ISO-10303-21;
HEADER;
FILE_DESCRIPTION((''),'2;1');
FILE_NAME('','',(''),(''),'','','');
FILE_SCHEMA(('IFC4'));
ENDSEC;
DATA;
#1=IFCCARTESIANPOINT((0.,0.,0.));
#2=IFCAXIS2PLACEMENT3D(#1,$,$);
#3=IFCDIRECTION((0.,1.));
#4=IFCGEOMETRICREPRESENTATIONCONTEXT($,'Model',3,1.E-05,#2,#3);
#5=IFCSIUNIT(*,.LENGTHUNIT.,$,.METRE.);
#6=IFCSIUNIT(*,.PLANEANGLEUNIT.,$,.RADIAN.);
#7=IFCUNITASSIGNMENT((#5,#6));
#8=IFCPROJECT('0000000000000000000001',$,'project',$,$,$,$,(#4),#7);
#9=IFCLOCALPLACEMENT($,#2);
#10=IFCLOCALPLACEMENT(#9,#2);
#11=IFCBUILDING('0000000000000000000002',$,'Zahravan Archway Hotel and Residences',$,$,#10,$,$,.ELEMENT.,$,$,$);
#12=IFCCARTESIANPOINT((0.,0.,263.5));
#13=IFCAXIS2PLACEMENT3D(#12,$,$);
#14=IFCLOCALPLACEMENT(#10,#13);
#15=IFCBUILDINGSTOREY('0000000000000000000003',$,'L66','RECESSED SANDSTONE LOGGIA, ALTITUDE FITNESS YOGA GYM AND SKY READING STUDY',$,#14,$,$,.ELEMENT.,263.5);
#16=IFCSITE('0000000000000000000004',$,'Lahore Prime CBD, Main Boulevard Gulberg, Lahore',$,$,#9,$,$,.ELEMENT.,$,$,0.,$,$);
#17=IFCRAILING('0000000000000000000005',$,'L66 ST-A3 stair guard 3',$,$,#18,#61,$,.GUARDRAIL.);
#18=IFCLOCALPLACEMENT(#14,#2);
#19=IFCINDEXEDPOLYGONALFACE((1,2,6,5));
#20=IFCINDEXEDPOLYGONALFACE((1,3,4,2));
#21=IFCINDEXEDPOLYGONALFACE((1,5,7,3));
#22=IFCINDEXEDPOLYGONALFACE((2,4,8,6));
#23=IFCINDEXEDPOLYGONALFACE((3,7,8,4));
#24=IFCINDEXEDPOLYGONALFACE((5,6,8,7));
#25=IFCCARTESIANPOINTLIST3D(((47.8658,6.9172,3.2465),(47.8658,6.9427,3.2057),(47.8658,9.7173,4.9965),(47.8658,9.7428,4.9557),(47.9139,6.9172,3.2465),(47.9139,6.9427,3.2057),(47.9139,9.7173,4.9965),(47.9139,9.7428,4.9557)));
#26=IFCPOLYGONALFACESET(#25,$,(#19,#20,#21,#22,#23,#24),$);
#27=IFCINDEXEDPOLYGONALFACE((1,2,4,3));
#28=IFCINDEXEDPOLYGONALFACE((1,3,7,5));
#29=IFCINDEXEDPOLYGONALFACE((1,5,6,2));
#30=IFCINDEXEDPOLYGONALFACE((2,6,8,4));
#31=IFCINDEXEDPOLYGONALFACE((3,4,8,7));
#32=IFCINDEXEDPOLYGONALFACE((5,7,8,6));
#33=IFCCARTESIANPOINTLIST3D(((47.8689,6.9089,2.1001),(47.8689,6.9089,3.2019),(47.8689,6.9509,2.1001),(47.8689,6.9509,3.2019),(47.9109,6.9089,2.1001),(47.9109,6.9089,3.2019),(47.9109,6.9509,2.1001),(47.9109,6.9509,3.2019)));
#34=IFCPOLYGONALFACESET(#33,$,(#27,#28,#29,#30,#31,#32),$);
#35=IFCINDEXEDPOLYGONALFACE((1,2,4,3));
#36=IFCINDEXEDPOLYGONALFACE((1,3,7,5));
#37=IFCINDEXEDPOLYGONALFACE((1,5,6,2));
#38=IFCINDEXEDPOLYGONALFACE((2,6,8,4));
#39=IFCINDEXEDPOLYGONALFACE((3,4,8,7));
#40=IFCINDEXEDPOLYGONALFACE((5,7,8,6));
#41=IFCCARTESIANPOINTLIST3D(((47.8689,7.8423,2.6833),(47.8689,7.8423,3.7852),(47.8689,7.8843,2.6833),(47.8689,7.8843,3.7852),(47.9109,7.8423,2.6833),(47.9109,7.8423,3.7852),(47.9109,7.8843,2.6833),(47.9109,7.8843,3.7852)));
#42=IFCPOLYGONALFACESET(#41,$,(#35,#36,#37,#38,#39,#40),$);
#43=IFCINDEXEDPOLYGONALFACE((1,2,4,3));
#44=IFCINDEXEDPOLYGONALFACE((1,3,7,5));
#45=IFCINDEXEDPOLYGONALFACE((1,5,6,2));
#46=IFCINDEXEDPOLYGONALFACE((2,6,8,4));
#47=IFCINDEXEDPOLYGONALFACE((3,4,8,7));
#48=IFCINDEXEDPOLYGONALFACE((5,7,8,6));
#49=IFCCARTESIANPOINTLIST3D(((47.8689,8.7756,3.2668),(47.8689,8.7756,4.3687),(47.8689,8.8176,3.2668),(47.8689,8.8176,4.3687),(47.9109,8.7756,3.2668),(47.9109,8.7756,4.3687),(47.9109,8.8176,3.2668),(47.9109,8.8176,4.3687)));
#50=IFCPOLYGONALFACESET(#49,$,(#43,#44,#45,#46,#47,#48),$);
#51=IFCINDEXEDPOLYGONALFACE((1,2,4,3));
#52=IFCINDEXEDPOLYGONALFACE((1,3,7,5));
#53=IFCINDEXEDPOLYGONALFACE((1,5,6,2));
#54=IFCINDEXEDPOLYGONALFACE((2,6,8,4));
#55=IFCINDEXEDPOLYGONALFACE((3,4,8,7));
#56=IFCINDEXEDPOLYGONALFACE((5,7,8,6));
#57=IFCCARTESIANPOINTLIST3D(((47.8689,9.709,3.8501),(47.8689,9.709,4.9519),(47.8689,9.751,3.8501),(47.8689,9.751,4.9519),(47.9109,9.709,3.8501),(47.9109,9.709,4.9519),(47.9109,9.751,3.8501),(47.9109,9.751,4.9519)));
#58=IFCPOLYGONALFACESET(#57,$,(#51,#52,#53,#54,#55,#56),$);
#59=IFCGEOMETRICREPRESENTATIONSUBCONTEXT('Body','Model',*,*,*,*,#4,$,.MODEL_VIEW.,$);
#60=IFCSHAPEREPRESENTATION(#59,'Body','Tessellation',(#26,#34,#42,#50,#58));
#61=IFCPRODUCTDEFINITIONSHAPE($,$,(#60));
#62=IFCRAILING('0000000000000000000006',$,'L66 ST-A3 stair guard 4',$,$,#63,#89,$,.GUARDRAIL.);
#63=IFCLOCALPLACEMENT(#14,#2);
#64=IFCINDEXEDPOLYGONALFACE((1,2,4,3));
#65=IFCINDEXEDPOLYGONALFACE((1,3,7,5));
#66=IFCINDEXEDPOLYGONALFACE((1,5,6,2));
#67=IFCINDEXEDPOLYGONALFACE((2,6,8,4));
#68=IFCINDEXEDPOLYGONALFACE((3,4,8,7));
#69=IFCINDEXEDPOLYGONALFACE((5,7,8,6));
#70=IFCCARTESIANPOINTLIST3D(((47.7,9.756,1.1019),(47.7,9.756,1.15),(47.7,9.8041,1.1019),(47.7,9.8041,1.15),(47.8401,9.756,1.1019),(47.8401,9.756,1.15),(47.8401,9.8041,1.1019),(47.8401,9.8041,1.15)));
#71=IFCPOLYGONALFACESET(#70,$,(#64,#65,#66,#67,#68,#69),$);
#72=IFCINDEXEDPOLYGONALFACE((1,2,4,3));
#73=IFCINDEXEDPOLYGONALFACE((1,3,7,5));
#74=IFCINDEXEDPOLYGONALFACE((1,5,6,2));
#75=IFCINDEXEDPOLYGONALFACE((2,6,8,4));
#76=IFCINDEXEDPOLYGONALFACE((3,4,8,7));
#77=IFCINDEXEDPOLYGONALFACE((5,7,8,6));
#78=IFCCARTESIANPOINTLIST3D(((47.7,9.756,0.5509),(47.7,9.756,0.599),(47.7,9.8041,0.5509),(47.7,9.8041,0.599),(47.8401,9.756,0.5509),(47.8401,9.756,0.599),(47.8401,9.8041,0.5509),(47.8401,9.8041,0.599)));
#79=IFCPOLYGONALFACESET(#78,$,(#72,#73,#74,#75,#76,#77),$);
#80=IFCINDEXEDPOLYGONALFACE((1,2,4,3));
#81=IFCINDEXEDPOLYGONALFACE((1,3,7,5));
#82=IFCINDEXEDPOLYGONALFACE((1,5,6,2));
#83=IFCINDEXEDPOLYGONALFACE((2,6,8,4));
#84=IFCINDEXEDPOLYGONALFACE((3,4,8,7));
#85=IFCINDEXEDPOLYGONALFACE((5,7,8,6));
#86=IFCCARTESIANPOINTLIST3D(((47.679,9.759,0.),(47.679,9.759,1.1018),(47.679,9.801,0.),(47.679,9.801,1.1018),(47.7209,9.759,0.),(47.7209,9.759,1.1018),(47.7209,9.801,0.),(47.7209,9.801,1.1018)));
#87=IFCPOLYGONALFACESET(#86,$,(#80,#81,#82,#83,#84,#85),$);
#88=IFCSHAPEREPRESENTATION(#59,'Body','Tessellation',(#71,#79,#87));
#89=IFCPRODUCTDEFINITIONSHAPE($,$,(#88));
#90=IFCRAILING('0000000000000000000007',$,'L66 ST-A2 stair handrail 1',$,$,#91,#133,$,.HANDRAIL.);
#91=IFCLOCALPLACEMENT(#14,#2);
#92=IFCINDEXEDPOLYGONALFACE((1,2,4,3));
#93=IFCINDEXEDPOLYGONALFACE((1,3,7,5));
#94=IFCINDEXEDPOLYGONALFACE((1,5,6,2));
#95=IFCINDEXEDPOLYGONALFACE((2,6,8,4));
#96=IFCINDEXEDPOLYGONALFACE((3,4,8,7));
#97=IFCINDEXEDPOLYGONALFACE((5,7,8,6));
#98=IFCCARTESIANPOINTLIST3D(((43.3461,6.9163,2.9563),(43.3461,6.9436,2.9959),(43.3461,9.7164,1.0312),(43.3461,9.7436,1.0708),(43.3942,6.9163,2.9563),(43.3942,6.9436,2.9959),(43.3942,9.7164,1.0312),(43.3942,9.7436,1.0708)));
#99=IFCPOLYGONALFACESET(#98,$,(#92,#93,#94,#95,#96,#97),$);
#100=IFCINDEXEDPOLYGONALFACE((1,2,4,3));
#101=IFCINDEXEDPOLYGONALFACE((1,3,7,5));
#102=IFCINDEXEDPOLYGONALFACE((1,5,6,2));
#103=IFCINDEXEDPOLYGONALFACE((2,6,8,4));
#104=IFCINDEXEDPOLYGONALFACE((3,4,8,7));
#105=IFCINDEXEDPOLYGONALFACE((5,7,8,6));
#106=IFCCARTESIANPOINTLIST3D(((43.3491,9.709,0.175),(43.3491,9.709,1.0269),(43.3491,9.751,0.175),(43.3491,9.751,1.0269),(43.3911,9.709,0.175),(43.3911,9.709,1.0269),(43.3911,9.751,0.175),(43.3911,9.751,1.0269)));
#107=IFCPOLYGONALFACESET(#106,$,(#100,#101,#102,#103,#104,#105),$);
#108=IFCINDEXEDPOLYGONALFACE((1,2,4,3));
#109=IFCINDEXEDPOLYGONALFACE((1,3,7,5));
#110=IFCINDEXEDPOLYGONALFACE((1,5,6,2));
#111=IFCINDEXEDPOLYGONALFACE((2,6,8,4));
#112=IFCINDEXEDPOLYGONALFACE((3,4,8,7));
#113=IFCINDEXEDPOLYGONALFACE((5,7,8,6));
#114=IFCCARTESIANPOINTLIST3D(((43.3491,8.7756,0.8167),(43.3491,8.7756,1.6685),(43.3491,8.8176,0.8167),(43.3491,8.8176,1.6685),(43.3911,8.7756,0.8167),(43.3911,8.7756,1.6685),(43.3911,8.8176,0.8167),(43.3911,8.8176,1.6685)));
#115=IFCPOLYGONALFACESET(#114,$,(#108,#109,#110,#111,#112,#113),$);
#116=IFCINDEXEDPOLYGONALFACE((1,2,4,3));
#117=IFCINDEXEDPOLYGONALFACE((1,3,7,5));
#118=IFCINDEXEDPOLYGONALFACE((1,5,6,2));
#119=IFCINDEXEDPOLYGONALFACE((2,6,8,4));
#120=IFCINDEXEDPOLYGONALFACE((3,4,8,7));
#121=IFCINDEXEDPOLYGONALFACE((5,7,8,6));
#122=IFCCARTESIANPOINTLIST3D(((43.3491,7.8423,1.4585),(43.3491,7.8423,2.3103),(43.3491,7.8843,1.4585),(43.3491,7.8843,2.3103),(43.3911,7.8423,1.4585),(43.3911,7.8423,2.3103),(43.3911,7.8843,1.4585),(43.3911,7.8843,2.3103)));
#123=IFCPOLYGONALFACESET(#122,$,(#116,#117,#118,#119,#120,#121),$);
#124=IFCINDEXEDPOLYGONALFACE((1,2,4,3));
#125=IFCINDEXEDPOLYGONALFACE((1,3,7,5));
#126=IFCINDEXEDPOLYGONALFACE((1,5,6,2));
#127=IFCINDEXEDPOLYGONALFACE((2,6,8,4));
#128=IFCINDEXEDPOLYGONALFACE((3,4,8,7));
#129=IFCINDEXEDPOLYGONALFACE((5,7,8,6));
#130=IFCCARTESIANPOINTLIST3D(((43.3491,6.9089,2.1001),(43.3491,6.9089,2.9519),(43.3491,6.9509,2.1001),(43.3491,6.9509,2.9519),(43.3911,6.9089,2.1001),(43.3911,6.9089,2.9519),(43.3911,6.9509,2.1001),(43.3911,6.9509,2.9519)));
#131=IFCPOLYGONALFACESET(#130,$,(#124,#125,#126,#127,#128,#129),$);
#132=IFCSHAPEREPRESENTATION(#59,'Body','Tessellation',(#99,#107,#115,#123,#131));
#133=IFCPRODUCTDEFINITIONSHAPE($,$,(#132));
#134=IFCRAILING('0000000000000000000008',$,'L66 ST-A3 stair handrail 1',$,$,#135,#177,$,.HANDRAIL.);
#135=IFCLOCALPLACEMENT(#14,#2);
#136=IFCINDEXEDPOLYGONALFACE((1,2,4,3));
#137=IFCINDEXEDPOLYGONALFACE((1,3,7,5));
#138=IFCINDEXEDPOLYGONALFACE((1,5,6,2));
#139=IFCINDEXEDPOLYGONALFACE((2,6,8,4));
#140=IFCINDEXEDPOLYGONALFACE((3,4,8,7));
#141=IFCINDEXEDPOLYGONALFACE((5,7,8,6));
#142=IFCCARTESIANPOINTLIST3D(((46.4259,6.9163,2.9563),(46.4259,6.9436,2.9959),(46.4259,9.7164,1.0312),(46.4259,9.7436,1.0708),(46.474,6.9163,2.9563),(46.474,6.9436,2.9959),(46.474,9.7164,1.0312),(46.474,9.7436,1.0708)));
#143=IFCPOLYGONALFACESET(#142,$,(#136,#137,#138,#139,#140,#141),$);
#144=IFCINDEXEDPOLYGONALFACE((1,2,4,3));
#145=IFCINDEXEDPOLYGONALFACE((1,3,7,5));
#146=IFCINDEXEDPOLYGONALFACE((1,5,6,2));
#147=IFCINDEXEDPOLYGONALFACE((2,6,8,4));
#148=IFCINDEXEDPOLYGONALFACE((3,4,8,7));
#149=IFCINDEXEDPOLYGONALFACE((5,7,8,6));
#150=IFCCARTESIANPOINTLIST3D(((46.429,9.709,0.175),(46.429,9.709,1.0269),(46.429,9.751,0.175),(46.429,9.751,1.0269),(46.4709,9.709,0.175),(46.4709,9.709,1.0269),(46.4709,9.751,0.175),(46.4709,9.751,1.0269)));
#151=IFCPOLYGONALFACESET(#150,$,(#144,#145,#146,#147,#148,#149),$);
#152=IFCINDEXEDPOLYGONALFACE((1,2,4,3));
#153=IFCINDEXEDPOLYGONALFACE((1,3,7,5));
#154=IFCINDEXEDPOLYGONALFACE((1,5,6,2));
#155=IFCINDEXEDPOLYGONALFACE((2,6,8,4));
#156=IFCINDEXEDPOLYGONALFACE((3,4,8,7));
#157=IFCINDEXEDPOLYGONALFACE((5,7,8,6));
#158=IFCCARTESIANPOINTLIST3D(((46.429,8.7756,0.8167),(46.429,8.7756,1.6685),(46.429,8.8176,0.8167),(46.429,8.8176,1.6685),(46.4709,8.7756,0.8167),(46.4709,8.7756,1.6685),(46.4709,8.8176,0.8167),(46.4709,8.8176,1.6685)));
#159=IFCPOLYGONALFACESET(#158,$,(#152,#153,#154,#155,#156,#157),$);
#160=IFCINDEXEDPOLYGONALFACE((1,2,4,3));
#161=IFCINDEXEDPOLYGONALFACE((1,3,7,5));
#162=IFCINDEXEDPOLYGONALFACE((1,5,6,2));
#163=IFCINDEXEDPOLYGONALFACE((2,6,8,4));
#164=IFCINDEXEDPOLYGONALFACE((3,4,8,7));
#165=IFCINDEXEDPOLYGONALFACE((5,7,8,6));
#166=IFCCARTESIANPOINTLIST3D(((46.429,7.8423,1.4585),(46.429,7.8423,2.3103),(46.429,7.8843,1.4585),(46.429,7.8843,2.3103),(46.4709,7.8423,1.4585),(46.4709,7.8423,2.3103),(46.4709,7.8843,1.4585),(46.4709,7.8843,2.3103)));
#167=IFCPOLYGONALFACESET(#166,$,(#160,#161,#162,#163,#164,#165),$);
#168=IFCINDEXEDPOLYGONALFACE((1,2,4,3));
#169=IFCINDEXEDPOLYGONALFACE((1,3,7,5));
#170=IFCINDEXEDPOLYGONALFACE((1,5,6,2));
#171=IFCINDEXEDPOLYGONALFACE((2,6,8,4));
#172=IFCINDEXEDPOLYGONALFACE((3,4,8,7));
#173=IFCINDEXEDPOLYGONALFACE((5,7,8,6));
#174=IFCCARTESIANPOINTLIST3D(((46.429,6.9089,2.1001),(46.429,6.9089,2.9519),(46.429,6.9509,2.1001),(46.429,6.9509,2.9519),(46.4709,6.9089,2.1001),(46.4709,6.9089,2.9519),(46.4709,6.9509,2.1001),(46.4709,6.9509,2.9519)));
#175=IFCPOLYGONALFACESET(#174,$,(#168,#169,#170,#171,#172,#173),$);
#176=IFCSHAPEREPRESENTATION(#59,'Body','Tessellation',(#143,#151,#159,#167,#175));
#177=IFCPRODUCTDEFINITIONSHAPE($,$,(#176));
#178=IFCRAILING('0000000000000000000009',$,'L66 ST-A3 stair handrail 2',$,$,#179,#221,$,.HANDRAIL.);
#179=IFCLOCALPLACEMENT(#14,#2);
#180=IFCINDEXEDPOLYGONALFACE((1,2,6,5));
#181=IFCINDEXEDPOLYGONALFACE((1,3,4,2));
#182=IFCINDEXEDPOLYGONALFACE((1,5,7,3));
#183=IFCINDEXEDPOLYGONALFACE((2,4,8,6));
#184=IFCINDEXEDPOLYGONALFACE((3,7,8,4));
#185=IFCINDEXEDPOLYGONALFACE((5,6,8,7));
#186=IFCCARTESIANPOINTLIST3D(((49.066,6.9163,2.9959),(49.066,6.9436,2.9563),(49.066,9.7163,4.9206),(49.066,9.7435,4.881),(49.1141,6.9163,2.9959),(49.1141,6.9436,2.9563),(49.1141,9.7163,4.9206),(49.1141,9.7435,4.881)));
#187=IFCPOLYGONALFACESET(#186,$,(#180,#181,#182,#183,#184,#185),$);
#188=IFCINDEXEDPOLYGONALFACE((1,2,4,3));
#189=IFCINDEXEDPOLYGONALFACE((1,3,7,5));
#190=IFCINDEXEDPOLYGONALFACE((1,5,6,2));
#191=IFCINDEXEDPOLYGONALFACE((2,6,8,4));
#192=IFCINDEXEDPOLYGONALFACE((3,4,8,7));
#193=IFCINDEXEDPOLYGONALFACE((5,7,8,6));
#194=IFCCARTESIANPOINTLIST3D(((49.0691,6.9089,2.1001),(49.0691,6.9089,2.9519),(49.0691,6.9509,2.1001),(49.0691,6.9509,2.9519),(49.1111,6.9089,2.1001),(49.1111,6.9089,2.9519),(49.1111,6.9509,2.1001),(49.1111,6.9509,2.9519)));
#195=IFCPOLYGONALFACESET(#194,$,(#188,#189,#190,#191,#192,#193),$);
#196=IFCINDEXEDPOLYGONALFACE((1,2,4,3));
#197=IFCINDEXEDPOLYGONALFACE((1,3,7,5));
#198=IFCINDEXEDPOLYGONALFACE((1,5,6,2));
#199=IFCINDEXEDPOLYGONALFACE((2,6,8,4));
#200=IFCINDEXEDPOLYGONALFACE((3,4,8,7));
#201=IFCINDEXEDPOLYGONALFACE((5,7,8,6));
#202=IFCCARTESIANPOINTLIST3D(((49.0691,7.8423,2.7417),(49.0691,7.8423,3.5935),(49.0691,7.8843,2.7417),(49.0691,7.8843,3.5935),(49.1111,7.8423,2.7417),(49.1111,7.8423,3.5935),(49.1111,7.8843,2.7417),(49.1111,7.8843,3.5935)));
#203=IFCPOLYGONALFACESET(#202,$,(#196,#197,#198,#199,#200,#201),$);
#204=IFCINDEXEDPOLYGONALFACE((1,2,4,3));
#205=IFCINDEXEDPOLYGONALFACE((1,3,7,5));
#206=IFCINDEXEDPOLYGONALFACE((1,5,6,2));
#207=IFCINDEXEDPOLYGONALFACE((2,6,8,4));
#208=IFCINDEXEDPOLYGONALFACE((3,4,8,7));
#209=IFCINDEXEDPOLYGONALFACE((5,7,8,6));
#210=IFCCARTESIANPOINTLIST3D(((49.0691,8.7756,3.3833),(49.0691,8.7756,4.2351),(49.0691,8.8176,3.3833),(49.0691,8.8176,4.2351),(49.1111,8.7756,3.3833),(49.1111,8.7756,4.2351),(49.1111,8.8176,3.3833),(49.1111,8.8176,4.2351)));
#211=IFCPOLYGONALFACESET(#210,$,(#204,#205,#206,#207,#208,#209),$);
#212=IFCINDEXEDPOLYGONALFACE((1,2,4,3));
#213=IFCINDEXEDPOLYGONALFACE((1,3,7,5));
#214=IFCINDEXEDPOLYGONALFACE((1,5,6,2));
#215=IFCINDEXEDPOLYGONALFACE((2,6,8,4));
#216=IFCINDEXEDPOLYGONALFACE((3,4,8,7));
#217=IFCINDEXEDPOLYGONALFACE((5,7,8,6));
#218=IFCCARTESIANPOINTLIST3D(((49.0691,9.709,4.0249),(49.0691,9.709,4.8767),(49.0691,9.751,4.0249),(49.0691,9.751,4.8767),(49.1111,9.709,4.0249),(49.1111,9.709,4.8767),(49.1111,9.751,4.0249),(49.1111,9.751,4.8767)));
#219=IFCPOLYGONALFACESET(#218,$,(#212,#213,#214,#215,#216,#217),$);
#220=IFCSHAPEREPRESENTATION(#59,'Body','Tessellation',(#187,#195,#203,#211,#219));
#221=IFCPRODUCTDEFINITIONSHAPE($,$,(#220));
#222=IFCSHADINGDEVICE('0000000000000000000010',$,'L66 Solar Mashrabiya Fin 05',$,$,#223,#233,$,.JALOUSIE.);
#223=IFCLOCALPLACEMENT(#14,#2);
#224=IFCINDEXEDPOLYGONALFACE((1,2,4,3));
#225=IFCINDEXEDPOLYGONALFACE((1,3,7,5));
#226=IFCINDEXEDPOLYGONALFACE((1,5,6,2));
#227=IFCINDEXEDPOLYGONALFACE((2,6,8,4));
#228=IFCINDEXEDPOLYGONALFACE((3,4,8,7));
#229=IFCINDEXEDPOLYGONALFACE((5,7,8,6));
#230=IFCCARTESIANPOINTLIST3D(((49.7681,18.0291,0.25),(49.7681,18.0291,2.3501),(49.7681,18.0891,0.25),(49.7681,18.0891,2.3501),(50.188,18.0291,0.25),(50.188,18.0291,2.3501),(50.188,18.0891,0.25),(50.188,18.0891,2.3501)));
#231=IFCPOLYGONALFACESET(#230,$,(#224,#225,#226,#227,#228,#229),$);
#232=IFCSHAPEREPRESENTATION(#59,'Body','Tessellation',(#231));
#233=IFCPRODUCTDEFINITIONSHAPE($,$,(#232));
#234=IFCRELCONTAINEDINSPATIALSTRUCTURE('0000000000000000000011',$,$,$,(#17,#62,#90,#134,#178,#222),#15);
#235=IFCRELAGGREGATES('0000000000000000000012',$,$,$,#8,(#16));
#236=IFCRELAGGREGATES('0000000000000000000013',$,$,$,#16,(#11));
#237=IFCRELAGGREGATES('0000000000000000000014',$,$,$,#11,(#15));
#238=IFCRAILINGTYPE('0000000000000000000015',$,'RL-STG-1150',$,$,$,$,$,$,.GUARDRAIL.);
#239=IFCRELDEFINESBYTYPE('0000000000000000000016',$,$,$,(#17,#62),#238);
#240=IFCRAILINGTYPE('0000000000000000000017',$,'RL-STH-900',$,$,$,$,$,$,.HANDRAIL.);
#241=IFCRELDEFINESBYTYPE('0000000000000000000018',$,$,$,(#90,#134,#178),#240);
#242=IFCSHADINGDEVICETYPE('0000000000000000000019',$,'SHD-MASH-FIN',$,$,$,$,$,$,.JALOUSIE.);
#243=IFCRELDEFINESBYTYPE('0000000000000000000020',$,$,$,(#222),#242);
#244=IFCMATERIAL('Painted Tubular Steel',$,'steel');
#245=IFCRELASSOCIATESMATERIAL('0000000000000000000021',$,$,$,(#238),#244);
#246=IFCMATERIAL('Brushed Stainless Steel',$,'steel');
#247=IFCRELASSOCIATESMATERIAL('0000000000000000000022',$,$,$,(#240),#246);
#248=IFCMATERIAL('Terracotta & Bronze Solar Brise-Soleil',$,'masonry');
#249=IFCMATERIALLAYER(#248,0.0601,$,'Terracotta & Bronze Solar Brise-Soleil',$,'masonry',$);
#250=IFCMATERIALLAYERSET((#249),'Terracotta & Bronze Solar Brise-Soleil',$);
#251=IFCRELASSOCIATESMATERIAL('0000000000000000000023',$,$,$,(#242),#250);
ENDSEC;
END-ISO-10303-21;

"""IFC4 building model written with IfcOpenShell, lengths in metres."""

from ifc_helpers import new_model, si_unit, direction, frame, origin, origin_2d, place, context, subcontext, project, spatial, rectangle, extrude, source, transform, mapped, material, layer, layer_set, type_object, type_shapes, element, save


model = new_model("IFC4")

# Units and contexts
model_context = context("Model", 3, precision=1e-05, world=origin(), true_north=direction((0.0, 1.0)))
body_context = subcontext(model_context, "Body", "Model", "MODEL_VIEW")
ifc_project = project(units=[si_unit("LENGTHUNIT", "METRE"), si_unit("PLANEANGLEUNIT", "RADIAN")], contexts=[model_context])

# Site, building, storey
site_placement = place(None, origin())
site = spatial("IfcSite", under=ifc_project, at=site_placement, Name="Lahore Prime CBD, Main Boulevard Gulberg, Lahore", CompositionType="ELEMENT", RefElevation=0.0)
building_placement = place(site_placement, origin())
building = spatial("IfcBuilding", under=site, at=building_placement, Name="Zahravan Archway Hotel and Residences", CompositionType="ELEMENT")
storey_placement = place(building_placement, frame((0.0, 0.0, 263.5)))
storey = spatial("IfcBuildingStorey", under=building, at=storey_placement, Name="L66", Description="RECESSED SANDSTONE LOGGIA, ALTITUDE FITNESS YOGA GYM AND SKY READING STUDY", CompositionType="ELEMENT", Elevation=263.5)

# Railings
ifc_material_1 = material(Name="Painted Tubular Steel", Category="steel")
railing_type_1 = type_object("IfcRailingType", Name="RL-STG-1150", PredefinedType="GUARDRAIL", material=ifc_material_1)
railing_1_placement = place(storey_placement, frame((47.8899, 6.9299, 2.1001)))
element("IfcRailing", 1, at=railing_1_placement, inside=storey, type_object=railing_type_1, Name="L66 ST-A3 stair guard 3", PredefinedType="GUARDRAIL", context=body_context, shape_type="SweptSolid", body=[
    extrude(rectangle(XDim=0.0481, YDim=0.0481, at=origin_2d()), frame((0.0, 0.0, 1.126), z_axis=(0.0, 0.848002, 0.529992), x_axis=(-1.0, 0.0, 0.0)), (0.0, 0.0, 1.0), 3.302),
    extrude(rectangle(XDim=0.042, YDim=0.042, at=origin_2d()), origin(), (0.0, 0.0, 1.0), 1.1018),
    extrude(rectangle(XDim=0.042, YDim=0.042, at=origin_2d()), frame((0.0, 0.9333, 0.5833)), (0.0, 0.0, 1.0), 1.1018),
    extrude(rectangle(XDim=0.042, YDim=0.042, at=origin_2d()), frame((0.0, 1.8667, 1.1667)), (0.0, 0.0, 1.0), 1.1018),
    extrude(rectangle(XDim=0.042, YDim=0.042, at=origin_2d()), frame((0.0, 2.8, 1.75)), (0.0, 0.0, 1.0), 1.1018),
])
railing_2_placement = place(storey_placement, frame((47.7, 9.78, 0.0)))
element("IfcRailing", 2, at=railing_2_placement, inside=storey, type_object=railing_type_1, Name="L66 ST-A3 stair guard 4", PredefinedType="GUARDRAIL", context=body_context, shape_type="SweptSolid", body=[
    extrude(rectangle(XDim=0.0481, YDim=0.0481, at=origin_2d()), frame((0.0, 0.0, 1.126), z_axis=(1.0, 0.0, 0.0), x_axis=(0.0, 1.0, 0.0)), (0.0, 0.0, 1.0), 0.1401),
    extrude(rectangle(XDim=0.0481, YDim=0.0481, at=origin_2d()), frame((0.0, 0.0, 0.575), z_axis=(1.0, 0.0, 0.0), x_axis=(0.0, 1.0, 0.0)), (0.0, 0.0, 1.0), 0.1401),
    extrude(rectangle(XDim=0.042, YDim=0.042, at=origin_2d()), origin(), (0.0, 0.0, 1.0), 1.1018),
])
ifc_material_2 = material(Name="Brushed Stainless Steel", Category="steel")
railing_type_2 = type_object("IfcRailingType", Name="RL-STH-900", PredefinedType="HANDRAIL", material=ifc_material_2)
for number, where, name in (
    (3, (43.3701, 9.73, 0.175), "L66 ST-A2 stair handrail 1"),
    (4, (46.45, 9.73, 0.175), "L66 ST-A3 stair handrail 1"),
):
    element("IfcRailing", number, at=place(storey_placement, frame(where)), inside=storey, type_object=railing_type_2, Name=name, PredefinedType="HANDRAIL", context=body_context, shape_type="SweptSolid", body=[
        extrude(rectangle(XDim=0.0481, YDim=0.0481, at=origin_2d()), frame((0.0, 0.0, 0.876), z_axis=(0.0, -0.82404, 0.566532), x_axis=(1.0, 0.0, 0.0)), (0.0, 0.0, 1.0), 3.3979),
        extrude(rectangle(XDim=0.042, YDim=0.042, at=origin_2d()), origin(), (0.0, 0.0, 1.0), 0.8518),
        extrude(rectangle(XDim=0.042, YDim=0.042, at=origin_2d()), frame((0.0, -0.9333, 0.6416)), (0.0, 0.0, 1.0), 0.8518),
        extrude(rectangle(XDim=0.042, YDim=0.042, at=origin_2d()), frame((0.0, -1.8667, 1.2834)), (0.0, 0.0, 1.0), 0.8518),
        extrude(rectangle(XDim=0.042, YDim=0.042, at=origin_2d()), frame((0.0, -2.8, 1.925)), (0.0, 0.0, 1.0), 0.8518),
    ])
railing_3_placement = place(storey_placement, frame((49.0901, 6.9299, 2.1001)))
element("IfcRailing", 5, at=railing_3_placement, inside=storey, type_object=railing_type_2, Name="L66 ST-A3 stair handrail 2", PredefinedType="HANDRAIL", context=body_context, shape_type="SweptSolid", body=[
    extrude(rectangle(XDim=0.0481, YDim=0.0481, at=origin_2d()), frame((0.0, 0.0, 0.876), z_axis=(0.0, 0.824073, 0.566483), x_axis=(-1.0, 0.0, 0.0)), (0.0, 0.0, 1.0), 3.3977),
    extrude(rectangle(XDim=0.042, YDim=0.042, at=origin_2d()), origin(), (0.0, 0.0, 1.0), 0.8518),
    extrude(rectangle(XDim=0.042, YDim=0.042, at=origin_2d()), frame((0.0, 0.9333, 0.6416)), (0.0, 0.0, 1.0), 0.8518),
    extrude(rectangle(XDim=0.042, YDim=0.042, at=origin_2d()), frame((0.0, 1.8667, 1.2832)), (0.0, 0.0, 1.0), 0.8518),
    extrude(rectangle(XDim=0.042, YDim=0.042, at=origin_2d()), frame((0.0, 2.8, 1.9248)), (0.0, 0.0, 1.0), 0.8518),
])

# Shading device
ifc_material_3 = material(Name="Terracotta & Bronze Solar Brise-Soleil", Category="masonry")
ifc_layer_1 = layer(ifc_material_3, 0.0601, Name="Terracotta & Bronze Solar Brise-Soleil", Category="masonry")
ifc_layer_set_1 = layer_set([ifc_layer_1], Name="Terracotta & Bronze Solar Brise-Soleil")
shading_device_type = type_object("IfcShadingDeviceType", Name="SHD-MASH-FIN", PredefinedType="JALOUSIE", material=ifc_layer_set_1)
shared_shape_1 = source(origin(), body_context, "Body", "SweptSolid", [
    extrude(rectangle(XDim=0.0601, YDim=0.4199, at=origin_2d()), origin(), (0.0, 0.0, 1.0), 2.1001),
])
type_shapes(shading_device_type, [shared_shape_1])
shading_device_placement = place(storey_placement, frame((49.978, 18.0591, 0.25), z_axis=(0.0, 0.0, 1.0), x_axis=(0.0, 1.0, 0.0)))
element("IfcShadingDevice", 6, at=shading_device_placement, inside=storey, type_object=shading_device_type, Name="L66 Solar Mashrabiya Fin 05", PredefinedType="JALOUSIE", context=body_context, shape_type="MappedRepresentation", body=[
    mapped(shared_shape_1, transform((0.0, 0.0, 0.0), scale=1.0)),
])

save(model, "model.ifc")
